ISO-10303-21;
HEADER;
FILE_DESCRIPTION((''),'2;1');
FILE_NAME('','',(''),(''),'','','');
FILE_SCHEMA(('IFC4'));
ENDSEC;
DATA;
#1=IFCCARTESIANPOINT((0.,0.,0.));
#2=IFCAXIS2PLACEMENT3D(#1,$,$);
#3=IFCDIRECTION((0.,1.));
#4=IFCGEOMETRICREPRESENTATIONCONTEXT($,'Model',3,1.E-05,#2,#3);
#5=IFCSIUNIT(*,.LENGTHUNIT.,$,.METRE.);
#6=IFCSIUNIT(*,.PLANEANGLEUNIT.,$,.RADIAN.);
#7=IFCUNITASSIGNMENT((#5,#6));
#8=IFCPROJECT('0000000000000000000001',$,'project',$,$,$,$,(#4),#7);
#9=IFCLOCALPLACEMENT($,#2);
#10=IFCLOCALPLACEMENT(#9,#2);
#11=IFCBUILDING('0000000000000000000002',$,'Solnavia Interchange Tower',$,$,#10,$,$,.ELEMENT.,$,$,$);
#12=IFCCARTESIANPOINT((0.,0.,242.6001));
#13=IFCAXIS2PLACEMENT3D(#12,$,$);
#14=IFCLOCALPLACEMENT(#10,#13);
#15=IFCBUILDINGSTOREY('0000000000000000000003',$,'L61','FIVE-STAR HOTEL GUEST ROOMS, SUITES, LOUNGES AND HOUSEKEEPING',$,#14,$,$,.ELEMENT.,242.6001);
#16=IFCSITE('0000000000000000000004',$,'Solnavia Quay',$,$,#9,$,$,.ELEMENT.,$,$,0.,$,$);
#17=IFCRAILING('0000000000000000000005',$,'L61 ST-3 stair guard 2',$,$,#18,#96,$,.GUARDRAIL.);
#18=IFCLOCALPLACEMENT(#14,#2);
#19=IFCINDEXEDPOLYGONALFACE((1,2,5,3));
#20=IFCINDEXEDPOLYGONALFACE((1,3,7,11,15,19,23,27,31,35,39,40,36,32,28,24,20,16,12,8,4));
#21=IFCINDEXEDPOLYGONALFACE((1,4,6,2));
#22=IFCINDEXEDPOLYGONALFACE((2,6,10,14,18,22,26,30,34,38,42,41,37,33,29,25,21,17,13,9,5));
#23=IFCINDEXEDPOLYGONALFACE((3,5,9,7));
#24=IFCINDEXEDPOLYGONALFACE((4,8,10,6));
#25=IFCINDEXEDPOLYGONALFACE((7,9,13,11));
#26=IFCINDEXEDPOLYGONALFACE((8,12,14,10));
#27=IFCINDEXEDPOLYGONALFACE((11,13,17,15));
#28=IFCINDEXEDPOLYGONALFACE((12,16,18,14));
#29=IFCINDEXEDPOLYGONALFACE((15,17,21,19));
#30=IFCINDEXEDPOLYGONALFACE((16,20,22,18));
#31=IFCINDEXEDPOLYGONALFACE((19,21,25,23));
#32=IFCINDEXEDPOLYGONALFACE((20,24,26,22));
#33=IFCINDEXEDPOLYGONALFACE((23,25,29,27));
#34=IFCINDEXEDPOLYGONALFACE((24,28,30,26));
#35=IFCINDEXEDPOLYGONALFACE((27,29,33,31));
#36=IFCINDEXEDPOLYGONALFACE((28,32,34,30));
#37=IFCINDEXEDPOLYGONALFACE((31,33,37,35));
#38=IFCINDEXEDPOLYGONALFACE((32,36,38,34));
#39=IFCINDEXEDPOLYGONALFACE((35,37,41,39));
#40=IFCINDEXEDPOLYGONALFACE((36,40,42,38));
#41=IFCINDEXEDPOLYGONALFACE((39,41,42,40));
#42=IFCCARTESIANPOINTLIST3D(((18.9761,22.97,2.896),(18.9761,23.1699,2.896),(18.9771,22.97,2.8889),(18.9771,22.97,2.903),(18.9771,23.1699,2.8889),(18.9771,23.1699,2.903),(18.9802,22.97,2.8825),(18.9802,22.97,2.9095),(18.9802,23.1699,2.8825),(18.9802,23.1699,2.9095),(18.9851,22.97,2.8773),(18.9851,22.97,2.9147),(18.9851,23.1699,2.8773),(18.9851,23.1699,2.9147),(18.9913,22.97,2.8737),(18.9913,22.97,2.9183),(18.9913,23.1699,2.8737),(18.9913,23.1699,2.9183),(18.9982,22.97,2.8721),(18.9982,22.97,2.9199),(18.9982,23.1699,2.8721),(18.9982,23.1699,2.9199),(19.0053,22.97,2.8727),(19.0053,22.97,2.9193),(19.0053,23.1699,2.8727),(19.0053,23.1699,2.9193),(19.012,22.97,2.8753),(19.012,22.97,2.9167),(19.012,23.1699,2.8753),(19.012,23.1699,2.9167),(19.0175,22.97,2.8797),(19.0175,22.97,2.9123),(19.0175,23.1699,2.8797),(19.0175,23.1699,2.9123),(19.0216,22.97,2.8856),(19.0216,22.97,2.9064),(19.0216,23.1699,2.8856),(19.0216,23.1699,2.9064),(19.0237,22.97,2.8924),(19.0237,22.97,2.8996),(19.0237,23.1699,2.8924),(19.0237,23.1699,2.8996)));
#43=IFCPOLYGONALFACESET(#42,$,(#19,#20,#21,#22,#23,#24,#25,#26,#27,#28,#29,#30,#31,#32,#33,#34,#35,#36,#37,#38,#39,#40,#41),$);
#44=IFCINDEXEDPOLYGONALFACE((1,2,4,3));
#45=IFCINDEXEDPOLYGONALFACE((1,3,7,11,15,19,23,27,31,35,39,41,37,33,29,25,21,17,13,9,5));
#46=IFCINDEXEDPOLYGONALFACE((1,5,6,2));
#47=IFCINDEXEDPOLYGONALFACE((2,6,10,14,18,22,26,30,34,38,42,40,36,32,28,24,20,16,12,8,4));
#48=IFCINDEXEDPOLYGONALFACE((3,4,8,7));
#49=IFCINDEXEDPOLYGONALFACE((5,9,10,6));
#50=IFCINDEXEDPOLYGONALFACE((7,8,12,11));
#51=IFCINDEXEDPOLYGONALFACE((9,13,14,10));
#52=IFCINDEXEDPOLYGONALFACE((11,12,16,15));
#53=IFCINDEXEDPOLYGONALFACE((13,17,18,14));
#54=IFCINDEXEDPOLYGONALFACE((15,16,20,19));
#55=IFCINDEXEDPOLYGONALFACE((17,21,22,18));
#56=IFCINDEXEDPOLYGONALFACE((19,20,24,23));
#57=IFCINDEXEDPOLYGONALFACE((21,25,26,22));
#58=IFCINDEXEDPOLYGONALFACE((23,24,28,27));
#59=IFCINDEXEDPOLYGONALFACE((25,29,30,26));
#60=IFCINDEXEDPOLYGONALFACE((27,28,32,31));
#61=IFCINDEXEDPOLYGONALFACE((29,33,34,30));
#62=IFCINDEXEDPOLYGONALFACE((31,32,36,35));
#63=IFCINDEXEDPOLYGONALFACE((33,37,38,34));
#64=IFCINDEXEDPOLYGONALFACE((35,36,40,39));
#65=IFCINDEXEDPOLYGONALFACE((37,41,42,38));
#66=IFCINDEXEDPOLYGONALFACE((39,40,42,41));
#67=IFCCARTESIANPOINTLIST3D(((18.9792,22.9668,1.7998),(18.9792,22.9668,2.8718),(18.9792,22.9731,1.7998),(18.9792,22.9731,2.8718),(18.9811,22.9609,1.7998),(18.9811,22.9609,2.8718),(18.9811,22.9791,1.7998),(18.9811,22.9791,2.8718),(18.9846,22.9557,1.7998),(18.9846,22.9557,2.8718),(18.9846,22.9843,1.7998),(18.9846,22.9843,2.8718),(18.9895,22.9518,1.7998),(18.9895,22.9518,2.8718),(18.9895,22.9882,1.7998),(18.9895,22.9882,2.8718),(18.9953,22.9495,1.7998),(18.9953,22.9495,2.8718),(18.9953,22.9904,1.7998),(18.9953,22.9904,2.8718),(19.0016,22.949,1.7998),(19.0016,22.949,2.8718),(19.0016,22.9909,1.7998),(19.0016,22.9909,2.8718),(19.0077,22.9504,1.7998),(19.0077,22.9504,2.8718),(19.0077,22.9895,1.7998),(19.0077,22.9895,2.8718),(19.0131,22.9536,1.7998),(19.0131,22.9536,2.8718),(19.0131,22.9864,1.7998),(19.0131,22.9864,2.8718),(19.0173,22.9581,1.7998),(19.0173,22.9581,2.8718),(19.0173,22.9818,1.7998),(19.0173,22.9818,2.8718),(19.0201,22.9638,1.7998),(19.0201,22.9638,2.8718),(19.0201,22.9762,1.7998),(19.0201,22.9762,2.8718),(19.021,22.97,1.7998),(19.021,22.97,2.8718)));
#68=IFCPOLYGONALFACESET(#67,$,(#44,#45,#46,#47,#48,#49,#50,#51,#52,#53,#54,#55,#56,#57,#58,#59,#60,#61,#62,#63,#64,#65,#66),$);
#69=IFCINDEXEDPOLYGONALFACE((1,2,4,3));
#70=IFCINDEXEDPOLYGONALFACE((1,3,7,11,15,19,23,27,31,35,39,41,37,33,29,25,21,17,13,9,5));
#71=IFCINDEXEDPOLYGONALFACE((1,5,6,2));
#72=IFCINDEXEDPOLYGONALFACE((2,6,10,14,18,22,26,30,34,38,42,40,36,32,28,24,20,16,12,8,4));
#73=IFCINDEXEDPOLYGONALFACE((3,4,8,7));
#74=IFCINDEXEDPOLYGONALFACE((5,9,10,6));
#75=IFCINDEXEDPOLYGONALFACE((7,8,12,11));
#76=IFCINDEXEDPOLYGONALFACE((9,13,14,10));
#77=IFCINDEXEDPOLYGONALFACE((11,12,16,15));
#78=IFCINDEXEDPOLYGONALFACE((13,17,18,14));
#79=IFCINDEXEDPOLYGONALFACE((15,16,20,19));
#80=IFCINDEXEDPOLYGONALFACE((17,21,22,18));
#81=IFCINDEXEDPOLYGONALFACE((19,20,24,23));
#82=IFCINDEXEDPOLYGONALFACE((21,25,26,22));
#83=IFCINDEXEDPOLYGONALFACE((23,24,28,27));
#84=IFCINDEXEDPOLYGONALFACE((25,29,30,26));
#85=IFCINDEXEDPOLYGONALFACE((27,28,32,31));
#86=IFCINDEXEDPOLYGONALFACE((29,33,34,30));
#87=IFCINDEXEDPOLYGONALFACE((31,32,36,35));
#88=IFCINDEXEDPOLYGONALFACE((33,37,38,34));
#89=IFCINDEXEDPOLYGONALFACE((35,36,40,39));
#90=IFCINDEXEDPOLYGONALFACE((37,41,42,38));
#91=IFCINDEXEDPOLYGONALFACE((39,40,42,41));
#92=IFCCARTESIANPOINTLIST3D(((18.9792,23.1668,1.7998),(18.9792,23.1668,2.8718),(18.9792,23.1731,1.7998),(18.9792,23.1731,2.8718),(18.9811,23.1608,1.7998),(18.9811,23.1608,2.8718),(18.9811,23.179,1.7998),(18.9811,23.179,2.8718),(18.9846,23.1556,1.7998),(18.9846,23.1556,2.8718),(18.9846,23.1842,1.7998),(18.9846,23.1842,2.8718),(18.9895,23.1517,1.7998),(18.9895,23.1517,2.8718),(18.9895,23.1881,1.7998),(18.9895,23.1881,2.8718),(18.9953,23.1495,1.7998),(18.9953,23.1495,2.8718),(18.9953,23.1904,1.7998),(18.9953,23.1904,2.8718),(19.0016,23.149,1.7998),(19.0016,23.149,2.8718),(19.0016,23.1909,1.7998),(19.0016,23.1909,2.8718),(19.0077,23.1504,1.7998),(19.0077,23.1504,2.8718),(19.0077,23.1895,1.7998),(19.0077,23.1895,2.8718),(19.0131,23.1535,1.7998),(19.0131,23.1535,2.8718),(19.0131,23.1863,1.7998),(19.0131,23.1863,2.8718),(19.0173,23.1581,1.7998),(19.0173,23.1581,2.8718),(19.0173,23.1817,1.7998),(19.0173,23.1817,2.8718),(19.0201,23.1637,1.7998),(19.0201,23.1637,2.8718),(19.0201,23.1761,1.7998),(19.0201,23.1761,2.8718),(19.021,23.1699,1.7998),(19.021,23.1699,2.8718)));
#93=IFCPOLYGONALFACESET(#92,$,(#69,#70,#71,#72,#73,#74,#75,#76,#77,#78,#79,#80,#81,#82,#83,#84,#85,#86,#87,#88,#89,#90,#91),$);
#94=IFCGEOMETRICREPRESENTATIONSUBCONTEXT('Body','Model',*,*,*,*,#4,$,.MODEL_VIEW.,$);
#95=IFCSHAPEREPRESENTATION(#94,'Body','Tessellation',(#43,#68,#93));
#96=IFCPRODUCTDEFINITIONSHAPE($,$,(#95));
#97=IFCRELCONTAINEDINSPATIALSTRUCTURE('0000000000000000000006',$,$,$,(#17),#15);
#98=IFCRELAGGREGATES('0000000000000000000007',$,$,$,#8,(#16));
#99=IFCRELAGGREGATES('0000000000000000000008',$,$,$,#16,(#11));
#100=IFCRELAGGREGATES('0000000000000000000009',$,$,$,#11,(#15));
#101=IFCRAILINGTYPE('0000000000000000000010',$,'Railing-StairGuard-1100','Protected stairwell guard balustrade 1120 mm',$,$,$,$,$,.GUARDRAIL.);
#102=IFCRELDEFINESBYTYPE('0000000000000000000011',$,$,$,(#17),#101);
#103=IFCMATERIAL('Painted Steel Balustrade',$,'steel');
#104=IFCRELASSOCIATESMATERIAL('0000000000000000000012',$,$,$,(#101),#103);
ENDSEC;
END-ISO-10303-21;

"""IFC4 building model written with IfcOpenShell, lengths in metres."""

from ifc_helpers import new_model, si_unit, direction, frame, origin, origin_2d, place, context, subcontext, project, spatial, circle, extrude, material, type_object, element, save


model = new_model("IFC4")

# Units and contexts
model_context = context("Model", 3, precision=1e-05, world=origin(), true_north=direction((0.0, 1.0)))
body_context = subcontext(model_context, "Body", "Model", "MODEL_VIEW")
ifc_project = project(units=[si_unit("LENGTHUNIT", "METRE"), si_unit("PLANEANGLEUNIT", "RADIAN")], contexts=[model_context])

# Site, building, storey
site_placement = place(None, origin())
site = spatial("IfcSite", under=ifc_project, at=site_placement, Name="Solnavia Quay", CompositionType="ELEMENT", RefElevation=0.0)
building_placement = place(site_placement, origin())
building = spatial("IfcBuilding", under=site, at=building_placement, Name="Solnavia Interchange Tower", CompositionType="ELEMENT")
storey_placement = place(building_placement, frame((0.0, 0.0, 242.6001)))
storey = spatial("IfcBuildingStorey", under=building, at=storey_placement, Name="L61", Description="FIVE-STAR HOTEL GUEST ROOMS, SUITES, LOUNGES AND HOUSEKEEPING", CompositionType="ELEMENT", Elevation=242.6001)

# Railing
ifc_material_1 = material(Name="Painted Steel Balustrade", Category="steel")
railing_type_1 = type_object("IfcRailingType", Name="Railing-StairGuard-1100", Description="Protected stairwell guard balustrade 1120 mm", PredefinedType="GUARDRAIL", material=ifc_material_1)
railing_1_placement = place(storey_placement, frame((19.0, 22.97, 1.7998)))
element("IfcRailing", 1, at=railing_1_placement, inside=storey, type_object=railing_type_1, Name="L61 ST-3 stair guard 2", PredefinedType="GUARDRAIL", context=body_context, shape_type="SweptSolid", body=[
    extrude(circle(Radius=0.0239, at=origin_2d()), frame((0.0, 0.0, 1.0962), z_axis=(0.0, 1.0, 0.0), x_axis=(-1.0, 0.0, 0.0)), (0.0, 0.0, 1.0), 0.2),
    extrude(circle(Radius=0.021, at=origin_2d()), origin(), (0.0, 0.0, 1.0), 1.072),
    extrude(circle(Radius=0.021, at=origin_2d()), frame((0.0, 0.2, 0.0)), (0.0, 0.0, 1.0), 1.072),
])

save(model, "model.ifc")
